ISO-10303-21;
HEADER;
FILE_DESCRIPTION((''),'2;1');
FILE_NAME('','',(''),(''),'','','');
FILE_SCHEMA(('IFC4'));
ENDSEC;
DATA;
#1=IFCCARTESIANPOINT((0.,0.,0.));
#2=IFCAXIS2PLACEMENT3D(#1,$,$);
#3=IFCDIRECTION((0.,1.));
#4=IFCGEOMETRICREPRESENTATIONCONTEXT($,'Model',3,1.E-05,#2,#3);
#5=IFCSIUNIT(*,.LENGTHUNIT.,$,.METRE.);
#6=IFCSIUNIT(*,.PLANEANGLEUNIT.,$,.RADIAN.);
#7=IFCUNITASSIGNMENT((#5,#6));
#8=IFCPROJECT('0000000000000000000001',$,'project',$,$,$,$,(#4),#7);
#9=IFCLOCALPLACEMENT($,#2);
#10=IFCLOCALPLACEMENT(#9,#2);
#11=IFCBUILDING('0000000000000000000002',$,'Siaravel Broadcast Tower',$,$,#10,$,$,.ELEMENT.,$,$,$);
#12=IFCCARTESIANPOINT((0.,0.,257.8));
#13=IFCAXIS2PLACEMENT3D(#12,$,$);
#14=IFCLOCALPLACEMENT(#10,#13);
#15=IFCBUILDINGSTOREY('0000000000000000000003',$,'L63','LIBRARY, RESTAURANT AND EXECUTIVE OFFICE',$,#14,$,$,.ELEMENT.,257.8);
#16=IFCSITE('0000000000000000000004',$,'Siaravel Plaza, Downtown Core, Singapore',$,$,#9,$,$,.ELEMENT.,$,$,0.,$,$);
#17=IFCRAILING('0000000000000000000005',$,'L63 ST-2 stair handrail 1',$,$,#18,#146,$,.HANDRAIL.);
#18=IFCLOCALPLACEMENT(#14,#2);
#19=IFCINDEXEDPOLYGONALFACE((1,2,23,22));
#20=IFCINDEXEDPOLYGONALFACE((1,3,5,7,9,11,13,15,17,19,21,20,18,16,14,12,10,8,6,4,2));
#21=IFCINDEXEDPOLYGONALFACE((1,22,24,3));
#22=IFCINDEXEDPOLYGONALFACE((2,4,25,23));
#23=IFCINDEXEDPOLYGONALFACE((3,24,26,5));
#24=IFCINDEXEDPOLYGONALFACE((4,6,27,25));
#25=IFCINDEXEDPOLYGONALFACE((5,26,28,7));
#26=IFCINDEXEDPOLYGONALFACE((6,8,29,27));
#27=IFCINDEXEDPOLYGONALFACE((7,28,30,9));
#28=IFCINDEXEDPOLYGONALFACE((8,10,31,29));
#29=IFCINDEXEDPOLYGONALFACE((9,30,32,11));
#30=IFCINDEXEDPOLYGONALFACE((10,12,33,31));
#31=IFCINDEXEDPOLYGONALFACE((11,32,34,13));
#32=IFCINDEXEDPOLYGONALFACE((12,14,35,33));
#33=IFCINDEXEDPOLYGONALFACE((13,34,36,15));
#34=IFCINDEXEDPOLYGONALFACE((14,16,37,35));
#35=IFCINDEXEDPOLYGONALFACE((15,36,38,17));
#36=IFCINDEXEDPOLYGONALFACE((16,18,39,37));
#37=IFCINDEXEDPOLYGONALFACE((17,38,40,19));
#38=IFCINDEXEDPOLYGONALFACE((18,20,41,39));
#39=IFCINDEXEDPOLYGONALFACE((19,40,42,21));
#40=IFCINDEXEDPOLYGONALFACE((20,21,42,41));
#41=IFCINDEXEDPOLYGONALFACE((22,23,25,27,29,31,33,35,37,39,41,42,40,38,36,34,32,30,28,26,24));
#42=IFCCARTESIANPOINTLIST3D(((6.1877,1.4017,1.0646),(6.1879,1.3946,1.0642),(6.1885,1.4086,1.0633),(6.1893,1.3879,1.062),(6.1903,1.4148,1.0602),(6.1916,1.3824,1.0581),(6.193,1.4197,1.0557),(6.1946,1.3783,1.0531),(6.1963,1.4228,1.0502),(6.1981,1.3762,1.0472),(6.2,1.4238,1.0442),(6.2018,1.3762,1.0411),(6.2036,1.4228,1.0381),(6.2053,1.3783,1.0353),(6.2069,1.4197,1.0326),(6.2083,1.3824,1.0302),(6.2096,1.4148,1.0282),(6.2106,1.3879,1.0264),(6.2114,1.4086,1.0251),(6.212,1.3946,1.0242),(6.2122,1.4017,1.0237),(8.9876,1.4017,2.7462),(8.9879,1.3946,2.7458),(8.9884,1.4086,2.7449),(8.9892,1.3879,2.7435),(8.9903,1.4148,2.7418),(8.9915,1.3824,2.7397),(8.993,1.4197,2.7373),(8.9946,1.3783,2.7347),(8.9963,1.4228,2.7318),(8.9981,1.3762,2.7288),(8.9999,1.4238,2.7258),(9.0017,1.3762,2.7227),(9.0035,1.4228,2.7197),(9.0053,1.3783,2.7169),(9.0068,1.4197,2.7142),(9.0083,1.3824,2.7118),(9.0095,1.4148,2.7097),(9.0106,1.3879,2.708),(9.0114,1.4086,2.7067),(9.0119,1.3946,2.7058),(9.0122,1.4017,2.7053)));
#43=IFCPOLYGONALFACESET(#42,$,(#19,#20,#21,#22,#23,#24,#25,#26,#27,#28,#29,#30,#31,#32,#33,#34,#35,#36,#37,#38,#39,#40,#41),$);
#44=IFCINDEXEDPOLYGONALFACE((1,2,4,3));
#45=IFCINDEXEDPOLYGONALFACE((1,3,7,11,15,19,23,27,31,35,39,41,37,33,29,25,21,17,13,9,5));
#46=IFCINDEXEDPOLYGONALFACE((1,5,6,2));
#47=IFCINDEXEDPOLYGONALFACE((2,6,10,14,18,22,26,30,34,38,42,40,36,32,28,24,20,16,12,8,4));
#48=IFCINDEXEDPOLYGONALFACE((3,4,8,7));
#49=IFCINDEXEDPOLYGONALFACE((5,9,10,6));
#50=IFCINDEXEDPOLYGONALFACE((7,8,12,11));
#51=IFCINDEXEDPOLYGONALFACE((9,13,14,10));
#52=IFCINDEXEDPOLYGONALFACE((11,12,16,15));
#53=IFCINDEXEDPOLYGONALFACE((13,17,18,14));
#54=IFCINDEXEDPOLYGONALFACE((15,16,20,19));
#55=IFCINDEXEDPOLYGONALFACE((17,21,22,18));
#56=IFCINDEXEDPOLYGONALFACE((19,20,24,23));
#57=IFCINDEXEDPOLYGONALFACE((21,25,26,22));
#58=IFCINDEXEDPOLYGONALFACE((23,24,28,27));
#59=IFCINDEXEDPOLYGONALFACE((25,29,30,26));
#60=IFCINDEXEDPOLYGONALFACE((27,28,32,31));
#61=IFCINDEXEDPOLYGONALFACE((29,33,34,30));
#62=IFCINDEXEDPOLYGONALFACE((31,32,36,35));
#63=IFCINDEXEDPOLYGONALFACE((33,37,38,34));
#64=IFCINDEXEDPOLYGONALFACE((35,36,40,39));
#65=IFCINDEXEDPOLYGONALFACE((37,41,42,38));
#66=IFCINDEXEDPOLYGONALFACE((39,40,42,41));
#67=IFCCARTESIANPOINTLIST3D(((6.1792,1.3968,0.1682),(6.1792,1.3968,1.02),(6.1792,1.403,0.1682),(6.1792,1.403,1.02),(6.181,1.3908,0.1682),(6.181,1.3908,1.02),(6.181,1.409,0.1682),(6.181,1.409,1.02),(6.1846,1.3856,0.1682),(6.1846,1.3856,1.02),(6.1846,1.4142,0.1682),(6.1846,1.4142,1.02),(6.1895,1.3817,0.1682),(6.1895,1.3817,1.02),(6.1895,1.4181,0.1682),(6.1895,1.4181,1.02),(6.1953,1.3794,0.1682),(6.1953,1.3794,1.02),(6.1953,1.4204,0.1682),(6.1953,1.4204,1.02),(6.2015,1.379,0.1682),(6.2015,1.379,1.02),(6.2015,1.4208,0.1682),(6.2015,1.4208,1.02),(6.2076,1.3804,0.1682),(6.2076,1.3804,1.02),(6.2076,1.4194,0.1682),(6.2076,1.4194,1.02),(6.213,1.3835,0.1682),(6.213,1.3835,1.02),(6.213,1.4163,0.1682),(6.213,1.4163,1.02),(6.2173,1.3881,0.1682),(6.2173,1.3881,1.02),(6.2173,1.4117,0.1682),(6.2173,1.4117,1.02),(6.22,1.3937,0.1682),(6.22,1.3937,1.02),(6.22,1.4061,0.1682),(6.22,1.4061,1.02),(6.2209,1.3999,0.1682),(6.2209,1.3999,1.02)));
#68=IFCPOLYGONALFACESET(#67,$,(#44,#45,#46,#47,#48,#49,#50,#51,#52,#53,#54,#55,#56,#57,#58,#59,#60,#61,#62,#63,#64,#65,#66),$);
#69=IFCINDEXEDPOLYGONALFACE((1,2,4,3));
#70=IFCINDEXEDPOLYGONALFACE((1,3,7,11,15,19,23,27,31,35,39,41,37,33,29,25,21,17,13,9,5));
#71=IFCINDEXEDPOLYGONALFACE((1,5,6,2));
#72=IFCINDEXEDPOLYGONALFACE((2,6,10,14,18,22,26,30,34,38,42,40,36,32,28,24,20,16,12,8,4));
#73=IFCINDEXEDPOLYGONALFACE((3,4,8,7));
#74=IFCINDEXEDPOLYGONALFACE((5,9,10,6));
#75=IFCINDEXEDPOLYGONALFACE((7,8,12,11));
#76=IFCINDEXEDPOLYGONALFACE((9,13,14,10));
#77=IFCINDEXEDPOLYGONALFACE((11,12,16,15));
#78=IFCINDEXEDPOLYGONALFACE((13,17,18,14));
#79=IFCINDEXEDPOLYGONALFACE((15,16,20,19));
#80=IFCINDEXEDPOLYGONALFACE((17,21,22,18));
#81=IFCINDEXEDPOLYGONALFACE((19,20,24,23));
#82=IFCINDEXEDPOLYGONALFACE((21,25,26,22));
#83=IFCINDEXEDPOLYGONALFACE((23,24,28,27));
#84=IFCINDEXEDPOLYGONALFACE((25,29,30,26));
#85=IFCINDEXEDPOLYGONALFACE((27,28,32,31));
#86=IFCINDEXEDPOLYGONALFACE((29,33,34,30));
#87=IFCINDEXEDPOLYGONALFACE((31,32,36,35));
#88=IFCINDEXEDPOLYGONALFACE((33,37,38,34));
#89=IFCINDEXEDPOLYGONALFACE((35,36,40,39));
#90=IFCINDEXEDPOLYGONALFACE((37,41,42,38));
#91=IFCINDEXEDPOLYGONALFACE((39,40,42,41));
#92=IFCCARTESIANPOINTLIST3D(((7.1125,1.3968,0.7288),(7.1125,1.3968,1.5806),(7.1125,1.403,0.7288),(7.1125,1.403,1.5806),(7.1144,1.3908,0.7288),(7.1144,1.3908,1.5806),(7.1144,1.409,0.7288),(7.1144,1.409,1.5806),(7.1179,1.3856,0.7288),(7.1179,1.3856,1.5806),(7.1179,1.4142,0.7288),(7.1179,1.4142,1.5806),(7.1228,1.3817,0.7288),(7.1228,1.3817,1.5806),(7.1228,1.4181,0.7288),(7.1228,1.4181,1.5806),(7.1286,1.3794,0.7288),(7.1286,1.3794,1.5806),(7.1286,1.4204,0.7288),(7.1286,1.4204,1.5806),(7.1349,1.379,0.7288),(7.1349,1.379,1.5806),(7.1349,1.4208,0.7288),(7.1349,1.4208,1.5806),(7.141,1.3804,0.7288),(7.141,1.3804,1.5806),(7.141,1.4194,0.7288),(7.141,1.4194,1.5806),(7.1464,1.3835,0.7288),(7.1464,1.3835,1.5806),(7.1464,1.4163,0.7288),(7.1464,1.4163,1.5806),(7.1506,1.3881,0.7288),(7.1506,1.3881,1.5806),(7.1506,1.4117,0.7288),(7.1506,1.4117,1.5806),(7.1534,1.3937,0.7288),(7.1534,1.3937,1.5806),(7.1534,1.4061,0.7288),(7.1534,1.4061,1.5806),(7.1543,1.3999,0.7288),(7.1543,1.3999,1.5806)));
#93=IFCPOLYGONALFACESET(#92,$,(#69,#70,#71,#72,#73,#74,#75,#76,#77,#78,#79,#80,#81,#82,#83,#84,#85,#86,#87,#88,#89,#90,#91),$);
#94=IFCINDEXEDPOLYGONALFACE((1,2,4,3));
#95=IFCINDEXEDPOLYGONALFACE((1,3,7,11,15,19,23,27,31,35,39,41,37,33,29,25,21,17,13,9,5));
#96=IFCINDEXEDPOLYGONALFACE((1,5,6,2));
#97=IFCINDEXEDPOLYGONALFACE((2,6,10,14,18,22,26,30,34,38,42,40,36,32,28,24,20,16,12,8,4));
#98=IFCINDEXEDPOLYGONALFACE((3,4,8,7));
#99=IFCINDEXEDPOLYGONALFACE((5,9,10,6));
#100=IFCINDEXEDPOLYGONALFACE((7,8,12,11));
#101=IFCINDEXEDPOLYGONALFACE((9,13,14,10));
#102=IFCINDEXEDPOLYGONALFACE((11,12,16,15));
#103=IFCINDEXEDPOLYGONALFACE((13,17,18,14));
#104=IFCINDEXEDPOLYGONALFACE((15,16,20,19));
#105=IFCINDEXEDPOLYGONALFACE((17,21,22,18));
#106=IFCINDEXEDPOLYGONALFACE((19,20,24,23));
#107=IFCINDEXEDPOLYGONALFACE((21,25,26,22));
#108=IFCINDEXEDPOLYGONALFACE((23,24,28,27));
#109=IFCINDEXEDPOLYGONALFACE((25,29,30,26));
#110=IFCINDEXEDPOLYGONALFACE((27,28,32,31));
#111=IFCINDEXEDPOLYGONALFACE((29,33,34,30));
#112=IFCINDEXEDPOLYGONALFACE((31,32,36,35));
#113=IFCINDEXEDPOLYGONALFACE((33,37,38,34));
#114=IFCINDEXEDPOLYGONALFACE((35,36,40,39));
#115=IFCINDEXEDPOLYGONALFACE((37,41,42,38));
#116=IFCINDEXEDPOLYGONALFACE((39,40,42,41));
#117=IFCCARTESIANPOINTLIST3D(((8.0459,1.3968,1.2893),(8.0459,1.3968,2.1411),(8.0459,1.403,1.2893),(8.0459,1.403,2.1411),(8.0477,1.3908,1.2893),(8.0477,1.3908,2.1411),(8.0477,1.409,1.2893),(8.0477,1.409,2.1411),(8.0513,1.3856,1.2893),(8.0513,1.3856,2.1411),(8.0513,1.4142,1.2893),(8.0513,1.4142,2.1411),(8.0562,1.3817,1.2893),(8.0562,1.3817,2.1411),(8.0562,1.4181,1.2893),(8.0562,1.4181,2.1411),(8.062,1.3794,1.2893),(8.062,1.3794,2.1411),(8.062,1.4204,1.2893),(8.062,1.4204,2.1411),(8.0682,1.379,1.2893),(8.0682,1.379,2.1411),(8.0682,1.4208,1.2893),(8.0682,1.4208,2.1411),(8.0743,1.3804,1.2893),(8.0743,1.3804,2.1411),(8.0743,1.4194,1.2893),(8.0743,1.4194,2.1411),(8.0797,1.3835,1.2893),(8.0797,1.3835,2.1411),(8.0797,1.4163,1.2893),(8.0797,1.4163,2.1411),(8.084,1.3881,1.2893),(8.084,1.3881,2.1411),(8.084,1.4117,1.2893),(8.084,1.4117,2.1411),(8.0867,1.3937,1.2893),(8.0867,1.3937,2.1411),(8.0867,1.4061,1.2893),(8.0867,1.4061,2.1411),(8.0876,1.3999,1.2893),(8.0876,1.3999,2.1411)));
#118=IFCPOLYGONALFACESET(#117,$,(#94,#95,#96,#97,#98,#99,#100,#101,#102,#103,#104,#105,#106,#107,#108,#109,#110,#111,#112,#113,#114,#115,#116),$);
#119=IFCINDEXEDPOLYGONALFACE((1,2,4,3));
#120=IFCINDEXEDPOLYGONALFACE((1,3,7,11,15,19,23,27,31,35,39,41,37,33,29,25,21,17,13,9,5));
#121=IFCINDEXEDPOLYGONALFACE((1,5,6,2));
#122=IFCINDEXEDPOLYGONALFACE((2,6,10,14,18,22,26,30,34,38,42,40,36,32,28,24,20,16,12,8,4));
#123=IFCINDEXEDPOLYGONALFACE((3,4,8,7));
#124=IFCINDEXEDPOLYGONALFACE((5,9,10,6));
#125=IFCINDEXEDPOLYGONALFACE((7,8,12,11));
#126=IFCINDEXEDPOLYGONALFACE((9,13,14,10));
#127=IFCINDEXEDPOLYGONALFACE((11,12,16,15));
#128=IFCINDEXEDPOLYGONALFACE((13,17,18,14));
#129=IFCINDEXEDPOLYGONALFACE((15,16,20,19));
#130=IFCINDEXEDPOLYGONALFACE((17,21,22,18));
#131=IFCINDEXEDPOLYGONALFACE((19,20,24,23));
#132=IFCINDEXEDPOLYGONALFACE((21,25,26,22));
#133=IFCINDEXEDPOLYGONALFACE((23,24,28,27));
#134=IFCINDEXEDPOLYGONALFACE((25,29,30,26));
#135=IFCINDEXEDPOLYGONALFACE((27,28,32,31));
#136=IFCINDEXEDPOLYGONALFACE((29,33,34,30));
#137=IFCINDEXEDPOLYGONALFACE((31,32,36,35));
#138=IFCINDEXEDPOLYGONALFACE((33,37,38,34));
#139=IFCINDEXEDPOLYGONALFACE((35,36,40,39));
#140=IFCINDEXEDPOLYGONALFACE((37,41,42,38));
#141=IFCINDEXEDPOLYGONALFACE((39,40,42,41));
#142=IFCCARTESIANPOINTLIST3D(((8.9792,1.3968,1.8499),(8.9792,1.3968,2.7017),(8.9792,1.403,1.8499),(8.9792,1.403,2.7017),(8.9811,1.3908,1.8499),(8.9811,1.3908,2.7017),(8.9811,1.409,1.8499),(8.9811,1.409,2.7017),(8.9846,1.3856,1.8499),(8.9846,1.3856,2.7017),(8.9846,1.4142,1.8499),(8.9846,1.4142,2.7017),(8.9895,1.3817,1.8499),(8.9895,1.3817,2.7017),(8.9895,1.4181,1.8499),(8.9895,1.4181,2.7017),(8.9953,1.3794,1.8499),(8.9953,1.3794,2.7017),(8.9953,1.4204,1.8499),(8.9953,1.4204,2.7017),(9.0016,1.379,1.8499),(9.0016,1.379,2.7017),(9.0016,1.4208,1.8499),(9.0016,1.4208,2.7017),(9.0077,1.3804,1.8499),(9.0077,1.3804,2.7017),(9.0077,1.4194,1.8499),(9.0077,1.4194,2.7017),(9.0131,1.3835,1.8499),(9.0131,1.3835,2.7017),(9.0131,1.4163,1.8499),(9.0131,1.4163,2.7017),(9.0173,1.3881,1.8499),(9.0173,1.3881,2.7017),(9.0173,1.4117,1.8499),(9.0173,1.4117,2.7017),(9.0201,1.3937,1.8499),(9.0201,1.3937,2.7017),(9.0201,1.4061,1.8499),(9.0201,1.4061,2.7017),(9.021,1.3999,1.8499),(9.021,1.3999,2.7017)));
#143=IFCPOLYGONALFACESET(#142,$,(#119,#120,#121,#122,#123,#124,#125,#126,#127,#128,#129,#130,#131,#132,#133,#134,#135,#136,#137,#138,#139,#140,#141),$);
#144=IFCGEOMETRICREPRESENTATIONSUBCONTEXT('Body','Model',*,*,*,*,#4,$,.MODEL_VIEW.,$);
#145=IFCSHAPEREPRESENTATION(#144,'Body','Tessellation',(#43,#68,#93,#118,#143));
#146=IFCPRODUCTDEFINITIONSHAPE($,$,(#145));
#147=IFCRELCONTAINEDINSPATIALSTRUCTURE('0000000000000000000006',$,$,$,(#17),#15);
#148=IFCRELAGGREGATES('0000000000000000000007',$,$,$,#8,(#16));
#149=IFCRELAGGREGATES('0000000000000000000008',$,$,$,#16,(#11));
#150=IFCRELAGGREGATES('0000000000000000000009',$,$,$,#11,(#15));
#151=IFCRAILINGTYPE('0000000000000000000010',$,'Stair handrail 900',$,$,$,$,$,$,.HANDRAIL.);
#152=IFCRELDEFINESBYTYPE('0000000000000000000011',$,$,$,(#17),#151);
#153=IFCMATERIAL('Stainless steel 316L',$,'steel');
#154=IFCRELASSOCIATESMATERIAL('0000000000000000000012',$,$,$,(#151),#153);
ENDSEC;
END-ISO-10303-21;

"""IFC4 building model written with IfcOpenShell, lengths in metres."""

from ifc_helpers import new_model, si_unit, direction, frame, origin, origin_2d, place, context, subcontext, project, spatial, circle, extrude, material, type_object, element, save


model = new_model("IFC4")

# Units and contexts
model_context = context("Model", 3, precision=1e-05, world=origin(), true_north=direction((0.0, 1.0)))
body_context = subcontext(model_context, "Body", "Model", "MODEL_VIEW")
ifc_project = project(units=[si_unit("LENGTHUNIT", "METRE"), si_unit("PLANEANGLEUNIT", "RADIAN")], contexts=[model_context])

# Site, building, storey
site_placement = place(None, origin())
site = spatial("IfcSite", under=ifc_project, at=site_placement, Name="Siaravel Plaza, Downtown Core, Singapore", CompositionType="ELEMENT", RefElevation=0.0)
building_placement = place(site_placement, origin())
building = spatial("IfcBuilding", under=site, at=building_placement, Name="Siaravel Broadcast Tower", CompositionType="ELEMENT")
storey_placement = place(building_placement, frame((0.0, 0.0, 257.8)))
storey = spatial("IfcBuildingStorey", under=building, at=storey_placement, Name="L63", Description="LIBRARY, RESTAURANT AND EXECUTIVE OFFICE", CompositionType="ELEMENT", Elevation=257.8)

# Railing
ifc_material_1 = material(Name="Stainless steel 316L", Category="steel")
railing_type_1 = type_object("IfcRailingType", Name="Stair handrail 900", PredefinedType="HANDRAIL", material=ifc_material_1)
railing_1_placement = place(storey_placement, frame((6.2, 1.3999, 0.1682)))
element("IfcRailing", 1, at=railing_1_placement, inside=storey, type_object=railing_type_1, Name="L63 ST-2 stair handrail 1", PredefinedType="HANDRAIL", context=body_context, shape_type="SweptSolid", body=[
    extrude(circle(Radius=0.0239, at=origin_2d()), frame((0.0, 0.0, 0.876), z_axis=(0.857275, 0.0, 0.514858), x_axis=(0.0, 1.0, 0.0)), (0.0, 0.0, 1.0), 3.2661),
    extrude(circle(Radius=0.021, at=origin_2d()), origin(), (0.0, 0.0, 1.0), 0.8518),
    extrude(circle(Radius=0.021, at=origin_2d()), frame((0.9333, 0.0, 0.5605)), (0.0, 0.0, 1.0), 0.8518),
    extrude(circle(Radius=0.021, at=origin_2d()), frame((1.8667, 0.0, 1.1211)), (0.0, 0.0, 1.0), 0.8518),
    extrude(circle(Radius=0.021, at=origin_2d()), frame((2.8, 0.0, 1.6816)), (0.0, 0.0, 1.0), 0.8518),
])

save(model, "model.ifc")
